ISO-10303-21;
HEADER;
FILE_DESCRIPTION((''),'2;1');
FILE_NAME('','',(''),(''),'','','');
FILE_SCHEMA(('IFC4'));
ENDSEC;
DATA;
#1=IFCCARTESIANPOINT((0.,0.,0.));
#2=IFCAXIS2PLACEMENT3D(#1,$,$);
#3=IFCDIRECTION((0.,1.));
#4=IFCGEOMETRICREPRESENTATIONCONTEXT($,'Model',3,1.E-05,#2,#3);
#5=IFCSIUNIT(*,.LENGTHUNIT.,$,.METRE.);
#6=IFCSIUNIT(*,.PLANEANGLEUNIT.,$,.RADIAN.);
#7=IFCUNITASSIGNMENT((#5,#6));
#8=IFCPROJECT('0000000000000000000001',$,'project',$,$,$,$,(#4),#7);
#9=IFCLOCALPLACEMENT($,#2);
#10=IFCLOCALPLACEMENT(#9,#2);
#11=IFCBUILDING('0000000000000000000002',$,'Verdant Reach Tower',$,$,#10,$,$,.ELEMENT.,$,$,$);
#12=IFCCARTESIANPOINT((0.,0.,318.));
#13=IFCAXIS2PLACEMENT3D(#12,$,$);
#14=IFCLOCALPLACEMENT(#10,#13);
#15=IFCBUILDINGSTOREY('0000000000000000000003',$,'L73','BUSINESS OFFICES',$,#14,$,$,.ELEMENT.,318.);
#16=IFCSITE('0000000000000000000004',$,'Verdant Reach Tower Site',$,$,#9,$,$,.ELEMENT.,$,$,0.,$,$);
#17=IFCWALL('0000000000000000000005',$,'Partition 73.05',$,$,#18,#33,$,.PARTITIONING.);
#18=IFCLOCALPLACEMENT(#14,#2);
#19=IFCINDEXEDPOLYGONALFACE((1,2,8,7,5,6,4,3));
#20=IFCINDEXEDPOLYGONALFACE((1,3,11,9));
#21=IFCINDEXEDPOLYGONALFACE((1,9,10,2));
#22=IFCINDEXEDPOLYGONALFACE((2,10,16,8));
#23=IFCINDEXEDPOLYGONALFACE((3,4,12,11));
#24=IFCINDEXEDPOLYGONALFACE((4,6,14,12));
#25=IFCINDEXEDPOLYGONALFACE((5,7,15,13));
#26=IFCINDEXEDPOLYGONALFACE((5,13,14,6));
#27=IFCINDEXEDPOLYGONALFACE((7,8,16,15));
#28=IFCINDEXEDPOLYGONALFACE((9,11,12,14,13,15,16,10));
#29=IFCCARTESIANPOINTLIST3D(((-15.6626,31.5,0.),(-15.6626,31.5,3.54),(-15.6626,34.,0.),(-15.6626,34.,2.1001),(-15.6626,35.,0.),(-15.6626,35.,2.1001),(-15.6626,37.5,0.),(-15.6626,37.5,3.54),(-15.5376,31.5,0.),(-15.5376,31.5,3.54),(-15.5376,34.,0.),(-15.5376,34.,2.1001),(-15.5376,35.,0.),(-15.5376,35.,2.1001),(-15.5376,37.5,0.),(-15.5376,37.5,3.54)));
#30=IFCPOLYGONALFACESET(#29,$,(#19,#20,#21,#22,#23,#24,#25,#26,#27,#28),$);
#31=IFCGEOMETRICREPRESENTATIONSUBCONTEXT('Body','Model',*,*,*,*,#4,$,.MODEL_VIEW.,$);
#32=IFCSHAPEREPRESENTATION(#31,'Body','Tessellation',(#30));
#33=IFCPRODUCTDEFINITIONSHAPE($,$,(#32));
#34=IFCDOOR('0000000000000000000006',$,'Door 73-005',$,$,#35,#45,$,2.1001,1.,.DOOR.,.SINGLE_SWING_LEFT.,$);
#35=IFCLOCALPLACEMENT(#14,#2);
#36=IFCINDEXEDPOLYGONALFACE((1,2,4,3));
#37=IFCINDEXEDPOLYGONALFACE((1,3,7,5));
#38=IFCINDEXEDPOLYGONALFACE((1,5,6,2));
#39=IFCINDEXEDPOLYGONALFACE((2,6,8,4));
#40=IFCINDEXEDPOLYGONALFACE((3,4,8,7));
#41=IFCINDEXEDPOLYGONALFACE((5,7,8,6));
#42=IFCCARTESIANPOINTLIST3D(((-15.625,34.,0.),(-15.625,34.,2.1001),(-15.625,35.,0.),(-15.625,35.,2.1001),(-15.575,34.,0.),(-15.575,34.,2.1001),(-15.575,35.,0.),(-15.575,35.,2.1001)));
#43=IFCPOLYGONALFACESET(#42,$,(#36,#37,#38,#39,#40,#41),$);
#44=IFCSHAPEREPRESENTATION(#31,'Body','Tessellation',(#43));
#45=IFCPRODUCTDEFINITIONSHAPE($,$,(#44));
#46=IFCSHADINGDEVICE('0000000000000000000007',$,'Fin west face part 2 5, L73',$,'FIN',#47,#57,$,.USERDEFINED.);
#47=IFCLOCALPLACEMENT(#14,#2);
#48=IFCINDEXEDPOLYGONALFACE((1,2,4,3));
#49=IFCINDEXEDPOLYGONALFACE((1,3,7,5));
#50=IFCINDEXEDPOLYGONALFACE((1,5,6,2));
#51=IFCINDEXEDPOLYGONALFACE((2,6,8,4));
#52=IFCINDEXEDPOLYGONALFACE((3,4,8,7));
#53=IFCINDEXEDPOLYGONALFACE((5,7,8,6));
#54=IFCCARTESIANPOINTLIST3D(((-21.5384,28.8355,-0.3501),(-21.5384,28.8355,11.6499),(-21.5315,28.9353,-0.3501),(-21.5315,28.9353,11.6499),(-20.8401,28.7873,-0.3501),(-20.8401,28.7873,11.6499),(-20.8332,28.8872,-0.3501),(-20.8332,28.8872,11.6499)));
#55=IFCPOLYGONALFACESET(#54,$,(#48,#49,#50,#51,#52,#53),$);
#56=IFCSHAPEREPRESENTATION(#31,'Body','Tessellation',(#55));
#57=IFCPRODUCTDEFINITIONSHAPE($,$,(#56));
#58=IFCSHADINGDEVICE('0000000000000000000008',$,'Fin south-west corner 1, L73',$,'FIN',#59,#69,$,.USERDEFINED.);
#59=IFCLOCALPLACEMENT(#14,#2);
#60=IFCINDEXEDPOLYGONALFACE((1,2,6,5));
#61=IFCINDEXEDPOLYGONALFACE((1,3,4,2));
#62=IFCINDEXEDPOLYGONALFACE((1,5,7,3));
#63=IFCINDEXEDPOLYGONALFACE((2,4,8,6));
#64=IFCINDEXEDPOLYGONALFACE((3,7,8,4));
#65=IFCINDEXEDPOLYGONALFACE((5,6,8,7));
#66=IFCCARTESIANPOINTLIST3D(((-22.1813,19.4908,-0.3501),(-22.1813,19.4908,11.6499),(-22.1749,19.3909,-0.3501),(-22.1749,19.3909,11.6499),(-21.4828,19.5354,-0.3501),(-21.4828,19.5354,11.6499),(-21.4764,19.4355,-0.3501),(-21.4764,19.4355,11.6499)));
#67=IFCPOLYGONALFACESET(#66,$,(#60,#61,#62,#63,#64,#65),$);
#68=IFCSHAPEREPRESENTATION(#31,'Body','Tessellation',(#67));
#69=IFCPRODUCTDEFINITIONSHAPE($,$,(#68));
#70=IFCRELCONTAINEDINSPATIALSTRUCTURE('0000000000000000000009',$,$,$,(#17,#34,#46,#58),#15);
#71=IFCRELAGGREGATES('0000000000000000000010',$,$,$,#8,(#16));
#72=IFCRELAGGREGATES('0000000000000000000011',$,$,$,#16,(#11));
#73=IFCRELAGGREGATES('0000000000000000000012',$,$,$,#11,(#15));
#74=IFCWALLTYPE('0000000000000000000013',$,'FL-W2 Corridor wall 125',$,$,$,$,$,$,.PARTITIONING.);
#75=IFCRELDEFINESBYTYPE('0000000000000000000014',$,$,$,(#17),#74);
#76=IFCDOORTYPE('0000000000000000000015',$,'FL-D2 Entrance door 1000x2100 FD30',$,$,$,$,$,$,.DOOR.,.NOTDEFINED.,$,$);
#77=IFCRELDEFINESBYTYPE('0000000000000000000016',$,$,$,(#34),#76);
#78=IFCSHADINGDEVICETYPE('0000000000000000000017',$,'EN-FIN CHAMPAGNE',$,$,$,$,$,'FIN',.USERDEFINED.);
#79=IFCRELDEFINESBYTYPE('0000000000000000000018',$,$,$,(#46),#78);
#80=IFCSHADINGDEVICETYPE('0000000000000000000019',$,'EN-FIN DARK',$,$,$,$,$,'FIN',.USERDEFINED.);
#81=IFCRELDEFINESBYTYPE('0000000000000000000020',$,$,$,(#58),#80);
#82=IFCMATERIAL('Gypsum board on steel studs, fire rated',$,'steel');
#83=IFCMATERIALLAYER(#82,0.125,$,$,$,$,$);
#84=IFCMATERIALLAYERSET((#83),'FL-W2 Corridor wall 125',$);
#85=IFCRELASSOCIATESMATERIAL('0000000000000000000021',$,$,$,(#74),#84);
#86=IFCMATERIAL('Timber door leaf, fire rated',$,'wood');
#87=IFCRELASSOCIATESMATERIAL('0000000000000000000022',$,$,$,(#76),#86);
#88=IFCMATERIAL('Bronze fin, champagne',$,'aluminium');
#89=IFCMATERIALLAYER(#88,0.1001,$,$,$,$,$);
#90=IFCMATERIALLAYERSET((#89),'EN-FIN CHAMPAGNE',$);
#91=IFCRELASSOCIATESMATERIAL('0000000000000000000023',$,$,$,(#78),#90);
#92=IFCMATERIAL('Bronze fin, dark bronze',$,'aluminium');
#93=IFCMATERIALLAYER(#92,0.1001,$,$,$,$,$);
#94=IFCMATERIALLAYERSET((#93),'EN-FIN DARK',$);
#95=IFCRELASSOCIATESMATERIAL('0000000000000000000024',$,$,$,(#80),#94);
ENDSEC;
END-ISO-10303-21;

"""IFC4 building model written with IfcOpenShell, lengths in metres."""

from ifc_helpers import new_model, si_unit, direction, frame, frame_2d, origin, origin_2d, place, context, subcontext, project, spatial, rectangle, extrude, material, layer, layer_set, type_object, element, fill, save


model = new_model("IFC4")

# Units and contexts
model_context = context("Model", 3, precision=1e-05, world=origin(), true_north=direction((0.0, 1.0)))
body_context = subcontext(model_context, "Body", "Model", "MODEL_VIEW")
ifc_project = project(units=[si_unit("LENGTHUNIT", "METRE"), si_unit("PLANEANGLEUNIT", "RADIAN")], contexts=[model_context])

# Site, building, storey
site_placement = place(None, origin())
site = spatial("IfcSite", under=ifc_project, at=site_placement, Name="Verdant Reach Tower Site", CompositionType="ELEMENT", RefElevation=0.0)
building_placement = place(site_placement, origin())
building = spatial("IfcBuilding", under=site, at=building_placement, Name="Verdant Reach Tower", CompositionType="ELEMENT")
storey_placement = place(building_placement, frame((0.0, 0.0, 318.0)))
storey = spatial("IfcBuildingStorey", under=building, at=storey_placement, Name="L73", Description="BUSINESS OFFICES", CompositionType="ELEMENT", Elevation=318.0)

# Wall, opening, door
ifc_material_1 = material(Name="Gypsum board on steel studs, fire rated", Category="steel")
ifc_layer_1 = layer(ifc_material_1, 0.125)
ifc_layer_set_1 = layer_set([ifc_layer_1], Name="FL-W2 Corridor wall 125")
wall_type_1 = type_object("IfcWallType", Name="FL-W2 Corridor wall 125", PredefinedType="PARTITIONING", material=ifc_layer_set_1)
wall_1_placement = place(storey_placement, frame((-15.6001, 31.5, 0.0), z_axis=(0.0, 0.0, 1.0), x_axis=(0.0, 1.0, 0.0)))
wall_1 = element("IfcWall", 1, at=wall_1_placement, inside=storey, type_object=wall_type_1, Name="Partition 73.05", PredefinedType="PARTITIONING", context=body_context, shape_type="SweptSolid", body=[
    extrude(rectangle(XDim=6.0, YDim=0.125, at=frame_2d((3.0, 0.0))), origin(), (0.0, 0.0, 1.0), 3.54),
])
opening_1_placement = place(wall_1_placement, frame((2.5, 0.0, 0.0)))
opening_1 = element("IfcOpeningElement", 2, at=opening_1_placement, cuts=wall_1, PredefinedType="OPENING", context=body_context, shape_type="SweptSolid", body=[
    extrude(rectangle(XDim=1.0, YDim=2.1001, at=frame_2d((0.5, 1.05))), frame((0.0, 0.0725, 0.0), z_axis=(0.0, -1.0, 0.0), x_axis=(1.0, 0.0, 0.0)), (0.0, 0.0, 1.0), 0.145),
])
ifc_material_2 = material(Name="Timber door leaf, fire rated", Category="wood")
door_type_1 = type_object("IfcDoorType", Name="FL-D2 Entrance door 1000x2100 FD30", OperationType="NOTDEFINED", PredefinedType="DOOR", material=ifc_material_2)
door_1_placement = place(opening_1_placement, origin())
door_1 = element("IfcDoor", 3, at=door_1_placement, inside=storey, type_object=door_type_1, Name="Door 73-005", OperationType="SINGLE_SWING_LEFT", OverallHeight=2.1001, OverallWidth=1.0, PredefinedType="DOOR", context=body_context, shape_type="SweptSolid", body=[
    extrude(rectangle(XDim=1.0, YDim=2.1001, at=frame_2d((0.5, 1.05))), frame((0.0, 0.0249, 0.0), z_axis=(0.0, -1.0, 0.0), x_axis=(1.0, 0.0, 0.0)), (0.0, 0.0, 1.0), 0.05),
])
fill(opening_1, door_1)

# Shading devices
ifc_material_3 = material(Name="Bronze fin, champagne", Category="aluminium")
ifc_layer_2 = layer(ifc_material_3, 0.1001)
ifc_layer_set_2 = layer_set([ifc_layer_2], Name="EN-FIN CHAMPAGNE")
shading_device_type_1 = type_object("IfcShadingDeviceType", Name="EN-FIN CHAMPAGNE", ElementType="FIN", PredefinedType="USERDEFINED", material=ifc_layer_set_2)
shading_device_1_placement = place(storey_placement, frame((-21.1858, 28.8613, -0.3501), z_axis=(0.0, 0.0, 1.0), x_axis=(-0.068802, -0.99763, 0.0)))
element("IfcShadingDevice", 4, at=shading_device_1_placement, inside=storey, type_object=shading_device_type_1, Name="Fin west face part 2 5, L73", ObjectType="FIN", PredefinedType="USERDEFINED", context=body_context, shape_type="SweptSolid", body=[
    extrude(rectangle(XDim=0.1001, YDim=0.7, at=origin_2d()), origin(), (0.0, 0.0, 1.0), 12.0),
])
ifc_material_4 = material(Name="Bronze fin, dark bronze", Category="aluminium")
ifc_layer_3 = layer(ifc_material_4, 0.1001)
ifc_layer_set_3 = layer_set([ifc_layer_3], Name="EN-FIN DARK")
shading_device_type_2 = type_object("IfcShadingDeviceType", Name="EN-FIN DARK", ElementType="FIN", PredefinedType="USERDEFINED", material=ifc_layer_set_3)
shading_device_2_placement = place(storey_placement, frame((-21.8289, 19.4631, -0.3501), z_axis=(0.0, 0.0, 1.0), x_axis=(0.063699, -0.997969, 0.0)))
element("IfcShadingDevice", 5, at=shading_device_2_placement, inside=storey, type_object=shading_device_type_2, Name="Fin south-west corner 1, L73", ObjectType="FIN", PredefinedType="USERDEFINED", context=body_context, shape_type="SweptSolid", body=[
    extrude(rectangle(XDim=0.1001, YDim=0.7, at=origin_2d()), origin(), (0.0, 0.0, 1.0), 12.0),
])

save(model, "model.ifc")
